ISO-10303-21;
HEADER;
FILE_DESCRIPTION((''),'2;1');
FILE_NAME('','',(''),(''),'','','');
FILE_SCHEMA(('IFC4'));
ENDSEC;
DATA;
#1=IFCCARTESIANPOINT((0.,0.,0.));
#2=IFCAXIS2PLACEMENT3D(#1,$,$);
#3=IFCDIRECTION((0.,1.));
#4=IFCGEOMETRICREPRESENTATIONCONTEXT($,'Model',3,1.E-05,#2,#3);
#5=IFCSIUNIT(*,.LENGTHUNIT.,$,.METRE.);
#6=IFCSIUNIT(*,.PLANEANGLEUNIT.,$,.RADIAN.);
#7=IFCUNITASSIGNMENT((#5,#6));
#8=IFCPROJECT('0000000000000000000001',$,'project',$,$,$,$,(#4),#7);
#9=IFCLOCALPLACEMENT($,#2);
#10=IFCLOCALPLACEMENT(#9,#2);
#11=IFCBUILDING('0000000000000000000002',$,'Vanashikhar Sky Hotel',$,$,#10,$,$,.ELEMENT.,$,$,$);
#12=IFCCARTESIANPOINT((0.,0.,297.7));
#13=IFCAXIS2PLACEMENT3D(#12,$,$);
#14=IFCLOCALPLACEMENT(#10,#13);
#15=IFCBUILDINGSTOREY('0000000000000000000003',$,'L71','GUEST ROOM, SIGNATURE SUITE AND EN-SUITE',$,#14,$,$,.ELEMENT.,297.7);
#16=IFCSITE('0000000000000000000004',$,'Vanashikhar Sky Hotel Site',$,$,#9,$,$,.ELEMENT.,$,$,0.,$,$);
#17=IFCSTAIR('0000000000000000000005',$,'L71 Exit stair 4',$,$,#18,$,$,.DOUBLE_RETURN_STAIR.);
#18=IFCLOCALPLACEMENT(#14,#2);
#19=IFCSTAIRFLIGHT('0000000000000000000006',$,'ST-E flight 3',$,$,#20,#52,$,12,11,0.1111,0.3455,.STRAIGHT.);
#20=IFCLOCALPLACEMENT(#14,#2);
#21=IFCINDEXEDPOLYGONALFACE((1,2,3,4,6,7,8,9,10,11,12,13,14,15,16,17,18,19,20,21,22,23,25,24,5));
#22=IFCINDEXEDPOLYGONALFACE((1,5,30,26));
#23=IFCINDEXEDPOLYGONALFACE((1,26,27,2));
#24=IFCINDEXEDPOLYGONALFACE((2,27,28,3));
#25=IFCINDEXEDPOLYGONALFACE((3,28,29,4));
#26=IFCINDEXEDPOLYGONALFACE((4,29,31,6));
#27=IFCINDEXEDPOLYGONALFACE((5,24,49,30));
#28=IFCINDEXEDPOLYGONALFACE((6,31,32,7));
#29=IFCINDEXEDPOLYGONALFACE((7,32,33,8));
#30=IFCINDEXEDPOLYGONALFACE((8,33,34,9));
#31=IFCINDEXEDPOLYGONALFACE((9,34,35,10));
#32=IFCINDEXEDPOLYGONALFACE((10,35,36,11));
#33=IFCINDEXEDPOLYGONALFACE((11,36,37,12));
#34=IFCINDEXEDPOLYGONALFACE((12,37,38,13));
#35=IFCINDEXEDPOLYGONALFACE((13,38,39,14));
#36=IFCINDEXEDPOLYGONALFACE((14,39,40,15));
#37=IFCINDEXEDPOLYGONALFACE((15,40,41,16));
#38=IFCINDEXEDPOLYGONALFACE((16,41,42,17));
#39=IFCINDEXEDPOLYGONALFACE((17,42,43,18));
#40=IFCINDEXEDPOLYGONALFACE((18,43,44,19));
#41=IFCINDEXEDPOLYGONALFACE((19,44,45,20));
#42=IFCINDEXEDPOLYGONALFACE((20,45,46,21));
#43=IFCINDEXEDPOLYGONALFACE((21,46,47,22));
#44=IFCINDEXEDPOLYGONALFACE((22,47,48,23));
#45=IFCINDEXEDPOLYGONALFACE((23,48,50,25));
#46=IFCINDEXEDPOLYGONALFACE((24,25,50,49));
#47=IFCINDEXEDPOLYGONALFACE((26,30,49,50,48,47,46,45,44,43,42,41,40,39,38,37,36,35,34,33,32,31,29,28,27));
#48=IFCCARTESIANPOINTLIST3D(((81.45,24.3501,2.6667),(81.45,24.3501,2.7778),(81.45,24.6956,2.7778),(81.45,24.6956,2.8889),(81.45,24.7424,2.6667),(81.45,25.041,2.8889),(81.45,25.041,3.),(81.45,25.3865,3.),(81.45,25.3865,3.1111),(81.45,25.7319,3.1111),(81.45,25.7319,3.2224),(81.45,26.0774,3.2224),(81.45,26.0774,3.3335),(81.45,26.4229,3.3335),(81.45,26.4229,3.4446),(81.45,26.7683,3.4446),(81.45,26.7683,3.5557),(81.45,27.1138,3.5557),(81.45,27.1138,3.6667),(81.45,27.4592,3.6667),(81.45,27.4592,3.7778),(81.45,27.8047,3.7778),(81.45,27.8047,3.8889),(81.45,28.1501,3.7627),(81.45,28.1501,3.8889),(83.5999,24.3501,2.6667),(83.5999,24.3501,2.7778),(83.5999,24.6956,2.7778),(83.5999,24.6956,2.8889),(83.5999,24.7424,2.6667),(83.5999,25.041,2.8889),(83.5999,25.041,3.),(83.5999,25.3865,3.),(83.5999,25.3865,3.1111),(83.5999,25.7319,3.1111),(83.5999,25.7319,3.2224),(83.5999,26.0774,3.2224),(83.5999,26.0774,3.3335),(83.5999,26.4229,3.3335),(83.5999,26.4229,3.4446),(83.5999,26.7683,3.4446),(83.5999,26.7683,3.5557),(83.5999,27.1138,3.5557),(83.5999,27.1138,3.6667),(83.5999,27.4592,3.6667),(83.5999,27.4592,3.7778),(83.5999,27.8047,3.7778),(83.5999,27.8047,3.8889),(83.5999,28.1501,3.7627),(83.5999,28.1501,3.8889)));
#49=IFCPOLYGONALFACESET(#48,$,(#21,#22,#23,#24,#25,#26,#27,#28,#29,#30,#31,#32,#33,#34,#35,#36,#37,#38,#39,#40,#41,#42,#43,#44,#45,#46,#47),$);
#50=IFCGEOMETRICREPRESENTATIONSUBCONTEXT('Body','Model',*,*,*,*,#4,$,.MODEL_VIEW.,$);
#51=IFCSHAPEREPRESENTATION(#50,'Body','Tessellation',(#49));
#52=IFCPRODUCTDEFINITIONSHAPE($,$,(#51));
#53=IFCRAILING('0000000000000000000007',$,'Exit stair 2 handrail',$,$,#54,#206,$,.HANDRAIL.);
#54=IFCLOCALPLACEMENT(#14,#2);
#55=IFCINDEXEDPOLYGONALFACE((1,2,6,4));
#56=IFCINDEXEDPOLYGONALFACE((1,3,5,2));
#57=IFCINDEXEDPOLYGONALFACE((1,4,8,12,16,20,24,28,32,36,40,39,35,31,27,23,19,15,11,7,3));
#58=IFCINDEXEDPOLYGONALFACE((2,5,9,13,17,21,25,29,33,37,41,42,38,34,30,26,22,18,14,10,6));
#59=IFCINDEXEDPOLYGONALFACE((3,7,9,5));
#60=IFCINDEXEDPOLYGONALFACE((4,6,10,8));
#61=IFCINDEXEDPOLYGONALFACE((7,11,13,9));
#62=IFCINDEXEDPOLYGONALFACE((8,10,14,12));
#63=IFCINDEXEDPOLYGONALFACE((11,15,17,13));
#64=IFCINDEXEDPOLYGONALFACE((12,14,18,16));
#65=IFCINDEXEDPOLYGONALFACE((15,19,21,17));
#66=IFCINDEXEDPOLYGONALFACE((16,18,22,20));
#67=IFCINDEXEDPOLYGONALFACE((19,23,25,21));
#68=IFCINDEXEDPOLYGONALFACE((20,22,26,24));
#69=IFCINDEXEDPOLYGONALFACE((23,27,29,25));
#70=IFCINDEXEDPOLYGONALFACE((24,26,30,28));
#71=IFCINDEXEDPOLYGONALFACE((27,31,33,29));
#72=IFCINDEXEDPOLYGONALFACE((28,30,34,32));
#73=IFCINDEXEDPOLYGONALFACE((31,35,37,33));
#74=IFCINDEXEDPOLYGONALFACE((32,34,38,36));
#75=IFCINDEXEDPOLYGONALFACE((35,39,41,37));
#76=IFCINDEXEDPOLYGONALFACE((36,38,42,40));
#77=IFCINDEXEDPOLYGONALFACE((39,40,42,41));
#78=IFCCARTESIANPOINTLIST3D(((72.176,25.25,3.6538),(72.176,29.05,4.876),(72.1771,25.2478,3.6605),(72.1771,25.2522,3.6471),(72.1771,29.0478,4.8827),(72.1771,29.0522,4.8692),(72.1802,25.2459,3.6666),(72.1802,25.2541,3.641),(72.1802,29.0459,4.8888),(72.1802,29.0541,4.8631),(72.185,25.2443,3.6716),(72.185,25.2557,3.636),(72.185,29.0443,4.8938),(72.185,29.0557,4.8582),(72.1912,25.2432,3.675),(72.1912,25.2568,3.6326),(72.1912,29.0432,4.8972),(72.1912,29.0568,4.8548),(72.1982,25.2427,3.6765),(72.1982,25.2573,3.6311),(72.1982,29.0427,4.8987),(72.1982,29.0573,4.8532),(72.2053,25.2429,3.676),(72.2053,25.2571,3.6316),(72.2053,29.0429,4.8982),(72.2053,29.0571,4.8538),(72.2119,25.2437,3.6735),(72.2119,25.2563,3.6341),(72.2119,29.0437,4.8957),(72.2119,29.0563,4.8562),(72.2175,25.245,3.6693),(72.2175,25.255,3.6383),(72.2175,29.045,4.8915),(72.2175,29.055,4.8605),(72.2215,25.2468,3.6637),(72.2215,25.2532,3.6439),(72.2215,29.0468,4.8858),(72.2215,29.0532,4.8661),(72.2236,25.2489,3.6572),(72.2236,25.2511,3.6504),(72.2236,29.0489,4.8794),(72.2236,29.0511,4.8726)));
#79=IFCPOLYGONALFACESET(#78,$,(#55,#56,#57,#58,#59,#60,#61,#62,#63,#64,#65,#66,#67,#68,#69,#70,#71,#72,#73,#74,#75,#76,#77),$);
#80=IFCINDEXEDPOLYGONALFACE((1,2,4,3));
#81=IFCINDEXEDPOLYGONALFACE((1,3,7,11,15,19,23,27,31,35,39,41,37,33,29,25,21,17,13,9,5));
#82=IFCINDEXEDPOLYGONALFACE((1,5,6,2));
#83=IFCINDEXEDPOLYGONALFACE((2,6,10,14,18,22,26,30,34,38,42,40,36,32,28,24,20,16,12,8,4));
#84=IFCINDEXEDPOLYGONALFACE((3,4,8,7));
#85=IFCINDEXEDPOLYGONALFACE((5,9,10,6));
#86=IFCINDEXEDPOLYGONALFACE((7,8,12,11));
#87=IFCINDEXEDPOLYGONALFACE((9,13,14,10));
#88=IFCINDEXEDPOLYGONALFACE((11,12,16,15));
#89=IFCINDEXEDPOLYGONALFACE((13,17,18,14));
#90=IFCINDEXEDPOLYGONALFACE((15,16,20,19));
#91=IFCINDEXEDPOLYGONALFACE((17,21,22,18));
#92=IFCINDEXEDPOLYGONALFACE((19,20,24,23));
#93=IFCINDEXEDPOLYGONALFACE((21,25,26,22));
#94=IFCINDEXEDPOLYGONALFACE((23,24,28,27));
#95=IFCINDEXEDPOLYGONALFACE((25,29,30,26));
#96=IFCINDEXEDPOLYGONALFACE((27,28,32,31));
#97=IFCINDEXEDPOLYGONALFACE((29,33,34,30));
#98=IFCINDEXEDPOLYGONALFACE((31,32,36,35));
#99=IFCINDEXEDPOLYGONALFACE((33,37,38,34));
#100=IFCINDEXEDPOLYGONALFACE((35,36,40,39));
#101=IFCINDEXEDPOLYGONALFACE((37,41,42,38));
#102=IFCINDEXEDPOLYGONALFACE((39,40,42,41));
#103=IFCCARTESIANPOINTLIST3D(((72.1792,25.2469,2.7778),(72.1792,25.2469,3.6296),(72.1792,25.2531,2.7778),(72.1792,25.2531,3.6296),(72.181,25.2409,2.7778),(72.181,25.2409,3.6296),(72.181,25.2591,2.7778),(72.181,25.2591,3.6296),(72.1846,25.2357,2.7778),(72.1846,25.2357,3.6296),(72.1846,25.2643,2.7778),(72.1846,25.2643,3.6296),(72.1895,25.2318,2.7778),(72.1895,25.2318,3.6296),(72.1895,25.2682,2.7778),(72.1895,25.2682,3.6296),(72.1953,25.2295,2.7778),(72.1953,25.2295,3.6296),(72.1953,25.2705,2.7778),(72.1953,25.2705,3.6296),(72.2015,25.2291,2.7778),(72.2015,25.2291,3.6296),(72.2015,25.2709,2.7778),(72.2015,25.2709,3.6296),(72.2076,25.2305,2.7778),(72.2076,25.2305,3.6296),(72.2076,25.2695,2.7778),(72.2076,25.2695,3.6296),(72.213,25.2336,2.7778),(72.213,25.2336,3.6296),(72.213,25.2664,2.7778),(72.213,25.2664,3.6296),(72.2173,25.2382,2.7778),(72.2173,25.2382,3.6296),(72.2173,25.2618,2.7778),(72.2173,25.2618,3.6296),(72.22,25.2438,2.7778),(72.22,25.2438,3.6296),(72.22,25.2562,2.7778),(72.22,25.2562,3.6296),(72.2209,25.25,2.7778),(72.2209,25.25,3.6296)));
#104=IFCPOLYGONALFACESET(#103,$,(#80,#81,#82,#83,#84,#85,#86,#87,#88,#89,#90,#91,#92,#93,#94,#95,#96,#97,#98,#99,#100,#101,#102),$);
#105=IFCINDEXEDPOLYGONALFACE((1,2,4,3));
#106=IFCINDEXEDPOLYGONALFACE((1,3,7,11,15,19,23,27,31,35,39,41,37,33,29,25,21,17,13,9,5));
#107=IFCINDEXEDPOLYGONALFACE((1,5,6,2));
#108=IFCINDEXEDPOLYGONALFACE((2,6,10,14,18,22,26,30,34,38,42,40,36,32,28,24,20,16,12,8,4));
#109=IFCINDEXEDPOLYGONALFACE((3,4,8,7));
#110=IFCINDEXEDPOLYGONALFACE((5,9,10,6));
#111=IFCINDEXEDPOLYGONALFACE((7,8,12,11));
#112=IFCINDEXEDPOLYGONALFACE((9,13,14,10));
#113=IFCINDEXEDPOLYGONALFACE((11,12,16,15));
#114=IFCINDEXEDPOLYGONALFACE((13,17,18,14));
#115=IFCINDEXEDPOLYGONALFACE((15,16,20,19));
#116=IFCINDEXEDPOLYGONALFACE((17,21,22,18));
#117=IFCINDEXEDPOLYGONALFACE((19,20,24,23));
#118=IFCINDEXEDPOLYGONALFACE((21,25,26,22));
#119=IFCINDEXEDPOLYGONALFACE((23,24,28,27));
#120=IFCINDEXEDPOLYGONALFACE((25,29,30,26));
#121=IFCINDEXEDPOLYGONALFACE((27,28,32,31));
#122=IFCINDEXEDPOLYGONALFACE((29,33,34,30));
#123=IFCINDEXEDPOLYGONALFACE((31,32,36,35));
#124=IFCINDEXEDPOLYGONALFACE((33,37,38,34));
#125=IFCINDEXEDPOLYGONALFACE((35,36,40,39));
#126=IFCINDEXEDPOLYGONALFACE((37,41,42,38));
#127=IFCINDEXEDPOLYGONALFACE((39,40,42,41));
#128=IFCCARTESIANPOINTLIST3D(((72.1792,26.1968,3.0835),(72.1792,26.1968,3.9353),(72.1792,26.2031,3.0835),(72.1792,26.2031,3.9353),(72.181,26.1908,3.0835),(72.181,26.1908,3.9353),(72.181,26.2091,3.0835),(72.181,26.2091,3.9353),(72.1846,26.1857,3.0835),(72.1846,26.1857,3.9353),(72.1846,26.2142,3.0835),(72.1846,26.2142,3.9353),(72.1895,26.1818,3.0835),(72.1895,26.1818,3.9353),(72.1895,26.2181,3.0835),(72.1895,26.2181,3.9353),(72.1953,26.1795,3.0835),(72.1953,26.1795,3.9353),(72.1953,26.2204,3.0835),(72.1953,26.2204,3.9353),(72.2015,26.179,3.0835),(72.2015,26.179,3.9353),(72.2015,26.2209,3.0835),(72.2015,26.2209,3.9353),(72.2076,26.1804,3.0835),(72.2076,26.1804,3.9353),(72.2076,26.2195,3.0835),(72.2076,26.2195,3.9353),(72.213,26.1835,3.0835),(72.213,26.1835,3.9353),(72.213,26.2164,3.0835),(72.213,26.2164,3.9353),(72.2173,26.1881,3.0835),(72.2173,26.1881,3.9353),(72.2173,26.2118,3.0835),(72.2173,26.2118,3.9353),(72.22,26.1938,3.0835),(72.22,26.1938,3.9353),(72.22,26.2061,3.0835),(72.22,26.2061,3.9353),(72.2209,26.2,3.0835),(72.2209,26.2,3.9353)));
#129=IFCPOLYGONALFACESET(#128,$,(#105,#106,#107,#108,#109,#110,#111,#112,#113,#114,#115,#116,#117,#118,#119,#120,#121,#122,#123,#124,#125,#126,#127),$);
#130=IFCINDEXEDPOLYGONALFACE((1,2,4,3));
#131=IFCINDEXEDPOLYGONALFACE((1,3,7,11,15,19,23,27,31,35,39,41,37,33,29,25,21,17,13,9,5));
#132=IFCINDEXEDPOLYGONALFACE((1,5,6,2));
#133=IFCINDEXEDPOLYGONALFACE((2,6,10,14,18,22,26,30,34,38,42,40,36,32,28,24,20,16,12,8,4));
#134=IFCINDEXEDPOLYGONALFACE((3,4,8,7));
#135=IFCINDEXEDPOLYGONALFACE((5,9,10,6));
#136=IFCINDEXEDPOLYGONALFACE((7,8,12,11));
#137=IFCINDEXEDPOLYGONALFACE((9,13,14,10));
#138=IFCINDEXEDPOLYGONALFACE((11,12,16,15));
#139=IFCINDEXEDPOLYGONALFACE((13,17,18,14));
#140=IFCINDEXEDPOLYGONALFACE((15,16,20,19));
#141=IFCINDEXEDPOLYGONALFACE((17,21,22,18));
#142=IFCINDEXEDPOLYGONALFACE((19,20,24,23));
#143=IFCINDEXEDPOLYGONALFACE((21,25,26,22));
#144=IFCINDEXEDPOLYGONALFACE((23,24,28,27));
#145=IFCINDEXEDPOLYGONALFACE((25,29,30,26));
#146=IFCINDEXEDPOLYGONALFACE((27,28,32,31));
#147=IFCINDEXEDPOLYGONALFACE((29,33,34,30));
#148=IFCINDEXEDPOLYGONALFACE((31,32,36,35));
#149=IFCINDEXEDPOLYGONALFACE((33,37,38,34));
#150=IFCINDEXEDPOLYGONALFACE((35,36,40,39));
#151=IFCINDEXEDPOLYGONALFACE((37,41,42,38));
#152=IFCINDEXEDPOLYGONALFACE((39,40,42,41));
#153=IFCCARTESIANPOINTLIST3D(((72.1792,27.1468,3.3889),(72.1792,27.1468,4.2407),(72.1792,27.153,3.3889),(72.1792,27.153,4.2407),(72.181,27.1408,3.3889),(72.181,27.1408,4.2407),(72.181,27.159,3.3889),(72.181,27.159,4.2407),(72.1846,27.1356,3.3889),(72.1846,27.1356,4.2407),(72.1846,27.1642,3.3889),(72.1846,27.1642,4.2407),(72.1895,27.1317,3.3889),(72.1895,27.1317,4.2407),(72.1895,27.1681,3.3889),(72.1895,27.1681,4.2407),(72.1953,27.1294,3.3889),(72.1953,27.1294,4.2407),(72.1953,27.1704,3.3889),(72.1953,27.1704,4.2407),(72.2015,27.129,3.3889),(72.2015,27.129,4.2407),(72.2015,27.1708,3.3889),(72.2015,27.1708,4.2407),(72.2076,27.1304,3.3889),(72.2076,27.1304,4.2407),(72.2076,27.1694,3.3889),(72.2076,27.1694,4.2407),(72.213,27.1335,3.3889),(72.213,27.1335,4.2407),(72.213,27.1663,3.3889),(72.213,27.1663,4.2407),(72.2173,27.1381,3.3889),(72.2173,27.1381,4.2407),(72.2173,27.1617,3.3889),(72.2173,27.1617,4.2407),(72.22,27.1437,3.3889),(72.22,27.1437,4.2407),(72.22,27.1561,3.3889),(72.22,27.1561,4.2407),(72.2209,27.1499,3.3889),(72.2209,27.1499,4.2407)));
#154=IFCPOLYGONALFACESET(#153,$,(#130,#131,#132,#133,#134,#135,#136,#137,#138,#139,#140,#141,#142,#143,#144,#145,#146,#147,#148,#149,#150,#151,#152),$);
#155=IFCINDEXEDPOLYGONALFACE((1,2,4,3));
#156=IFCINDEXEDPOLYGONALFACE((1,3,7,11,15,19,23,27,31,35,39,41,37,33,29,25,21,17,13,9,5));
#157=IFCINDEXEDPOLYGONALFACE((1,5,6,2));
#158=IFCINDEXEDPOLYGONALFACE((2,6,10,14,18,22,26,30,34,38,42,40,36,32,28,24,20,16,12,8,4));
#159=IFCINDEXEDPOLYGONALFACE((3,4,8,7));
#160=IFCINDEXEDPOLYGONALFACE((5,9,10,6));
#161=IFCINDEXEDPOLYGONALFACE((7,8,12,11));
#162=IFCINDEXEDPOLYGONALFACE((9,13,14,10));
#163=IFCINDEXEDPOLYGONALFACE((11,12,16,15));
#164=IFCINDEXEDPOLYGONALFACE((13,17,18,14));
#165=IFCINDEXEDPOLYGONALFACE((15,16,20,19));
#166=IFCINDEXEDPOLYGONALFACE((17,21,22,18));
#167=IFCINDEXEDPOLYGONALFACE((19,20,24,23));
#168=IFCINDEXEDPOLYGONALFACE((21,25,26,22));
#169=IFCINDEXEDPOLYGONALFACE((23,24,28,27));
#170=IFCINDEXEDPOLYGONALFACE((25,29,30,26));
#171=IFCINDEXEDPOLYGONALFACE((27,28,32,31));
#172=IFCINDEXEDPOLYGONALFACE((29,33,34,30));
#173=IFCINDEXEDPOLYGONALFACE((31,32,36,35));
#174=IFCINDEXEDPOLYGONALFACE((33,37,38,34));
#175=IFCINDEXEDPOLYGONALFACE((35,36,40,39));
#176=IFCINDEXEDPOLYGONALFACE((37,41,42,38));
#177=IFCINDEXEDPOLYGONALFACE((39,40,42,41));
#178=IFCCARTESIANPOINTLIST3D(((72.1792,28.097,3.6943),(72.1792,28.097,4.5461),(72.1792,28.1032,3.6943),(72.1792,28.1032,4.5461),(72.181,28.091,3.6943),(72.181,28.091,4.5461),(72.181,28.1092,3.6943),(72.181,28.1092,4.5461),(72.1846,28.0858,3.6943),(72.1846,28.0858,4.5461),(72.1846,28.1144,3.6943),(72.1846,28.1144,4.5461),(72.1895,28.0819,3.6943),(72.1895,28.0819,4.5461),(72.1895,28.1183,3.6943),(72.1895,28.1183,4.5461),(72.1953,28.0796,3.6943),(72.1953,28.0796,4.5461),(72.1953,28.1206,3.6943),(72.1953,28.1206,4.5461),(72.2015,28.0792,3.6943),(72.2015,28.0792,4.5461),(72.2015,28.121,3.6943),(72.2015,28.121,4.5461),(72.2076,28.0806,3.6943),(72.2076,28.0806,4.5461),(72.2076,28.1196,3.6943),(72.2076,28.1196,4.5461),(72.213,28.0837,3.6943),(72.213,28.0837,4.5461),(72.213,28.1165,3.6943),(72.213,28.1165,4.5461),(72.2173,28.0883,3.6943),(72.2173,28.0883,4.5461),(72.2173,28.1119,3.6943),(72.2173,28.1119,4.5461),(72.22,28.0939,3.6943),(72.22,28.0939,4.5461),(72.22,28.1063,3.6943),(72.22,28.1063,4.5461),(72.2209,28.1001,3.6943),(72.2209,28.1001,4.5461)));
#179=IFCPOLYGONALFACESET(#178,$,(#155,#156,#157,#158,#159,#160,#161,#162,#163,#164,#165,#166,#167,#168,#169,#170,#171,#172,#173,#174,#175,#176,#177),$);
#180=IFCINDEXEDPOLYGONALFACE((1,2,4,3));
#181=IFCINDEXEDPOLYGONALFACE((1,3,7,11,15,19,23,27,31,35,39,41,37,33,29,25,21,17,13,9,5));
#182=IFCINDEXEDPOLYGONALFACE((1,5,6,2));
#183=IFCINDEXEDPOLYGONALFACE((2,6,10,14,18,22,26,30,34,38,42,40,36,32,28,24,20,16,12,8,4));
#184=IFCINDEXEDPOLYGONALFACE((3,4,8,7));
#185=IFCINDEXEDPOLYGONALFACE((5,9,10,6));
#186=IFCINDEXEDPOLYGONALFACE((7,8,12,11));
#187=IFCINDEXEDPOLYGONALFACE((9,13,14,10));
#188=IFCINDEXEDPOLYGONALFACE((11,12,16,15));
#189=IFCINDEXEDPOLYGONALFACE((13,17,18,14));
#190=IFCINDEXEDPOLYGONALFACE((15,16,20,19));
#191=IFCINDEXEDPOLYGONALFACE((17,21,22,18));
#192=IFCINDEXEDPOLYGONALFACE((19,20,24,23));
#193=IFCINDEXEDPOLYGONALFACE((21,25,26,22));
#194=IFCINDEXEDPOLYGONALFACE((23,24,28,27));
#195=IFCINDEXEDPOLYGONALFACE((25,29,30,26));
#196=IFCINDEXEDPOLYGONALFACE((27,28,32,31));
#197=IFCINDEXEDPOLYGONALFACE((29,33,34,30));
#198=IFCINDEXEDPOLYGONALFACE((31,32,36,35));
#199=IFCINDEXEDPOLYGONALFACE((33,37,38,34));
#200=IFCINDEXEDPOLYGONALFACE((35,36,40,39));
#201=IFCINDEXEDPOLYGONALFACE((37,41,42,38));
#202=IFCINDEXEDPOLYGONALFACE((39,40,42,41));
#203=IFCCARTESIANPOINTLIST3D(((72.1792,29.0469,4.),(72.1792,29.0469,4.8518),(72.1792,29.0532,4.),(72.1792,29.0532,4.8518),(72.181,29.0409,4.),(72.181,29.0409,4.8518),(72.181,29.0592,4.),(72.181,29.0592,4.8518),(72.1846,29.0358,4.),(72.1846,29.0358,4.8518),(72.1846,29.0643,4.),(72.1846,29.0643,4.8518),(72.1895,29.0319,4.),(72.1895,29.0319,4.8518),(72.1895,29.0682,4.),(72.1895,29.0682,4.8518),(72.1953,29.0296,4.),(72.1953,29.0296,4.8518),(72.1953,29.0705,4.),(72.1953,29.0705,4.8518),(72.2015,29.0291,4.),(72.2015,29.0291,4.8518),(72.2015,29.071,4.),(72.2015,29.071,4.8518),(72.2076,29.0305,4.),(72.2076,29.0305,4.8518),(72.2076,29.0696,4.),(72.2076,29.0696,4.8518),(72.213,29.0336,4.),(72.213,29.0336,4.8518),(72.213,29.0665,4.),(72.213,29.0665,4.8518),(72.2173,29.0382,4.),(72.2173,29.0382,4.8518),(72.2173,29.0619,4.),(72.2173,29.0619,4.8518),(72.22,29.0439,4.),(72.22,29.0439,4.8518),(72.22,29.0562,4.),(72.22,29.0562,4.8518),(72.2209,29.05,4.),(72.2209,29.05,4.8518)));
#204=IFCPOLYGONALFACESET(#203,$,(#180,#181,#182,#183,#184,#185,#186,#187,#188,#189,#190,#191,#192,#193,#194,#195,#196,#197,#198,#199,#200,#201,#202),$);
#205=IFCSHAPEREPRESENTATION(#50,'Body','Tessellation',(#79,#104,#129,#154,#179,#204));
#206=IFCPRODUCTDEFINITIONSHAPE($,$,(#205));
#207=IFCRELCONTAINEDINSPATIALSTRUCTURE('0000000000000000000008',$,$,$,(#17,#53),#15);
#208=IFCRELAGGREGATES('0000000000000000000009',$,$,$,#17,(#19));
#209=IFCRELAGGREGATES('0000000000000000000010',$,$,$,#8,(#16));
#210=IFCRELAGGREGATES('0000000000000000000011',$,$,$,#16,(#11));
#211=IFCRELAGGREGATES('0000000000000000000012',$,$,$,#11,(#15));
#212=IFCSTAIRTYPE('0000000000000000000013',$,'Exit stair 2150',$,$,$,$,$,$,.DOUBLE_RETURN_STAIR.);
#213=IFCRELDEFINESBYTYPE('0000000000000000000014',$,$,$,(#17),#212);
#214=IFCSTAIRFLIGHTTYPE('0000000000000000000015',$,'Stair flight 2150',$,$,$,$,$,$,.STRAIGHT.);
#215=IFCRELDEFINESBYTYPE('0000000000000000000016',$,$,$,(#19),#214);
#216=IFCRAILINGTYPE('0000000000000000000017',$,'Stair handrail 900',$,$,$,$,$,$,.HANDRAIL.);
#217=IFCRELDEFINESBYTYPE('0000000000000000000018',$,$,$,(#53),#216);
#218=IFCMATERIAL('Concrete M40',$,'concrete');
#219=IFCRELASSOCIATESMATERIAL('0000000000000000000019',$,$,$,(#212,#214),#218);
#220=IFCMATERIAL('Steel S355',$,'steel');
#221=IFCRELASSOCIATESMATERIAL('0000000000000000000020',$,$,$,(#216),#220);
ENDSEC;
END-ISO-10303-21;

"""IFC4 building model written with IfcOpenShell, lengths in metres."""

from ifc_helpers import new_model, si_unit, direction, frame, origin, origin_2d, place, context, subcontext, project, spatial, polyline, circle, outline, extrude, source, transform, mapped, material, type_object, element, aggregate, save


model = new_model("IFC4")

# Units and contexts
model_context = context("Model", 3, precision=1e-05, world=origin(), true_north=direction((0.0, 1.0)))
body_context = subcontext(model_context, "Body", "Model", "MODEL_VIEW")
ifc_project = project(units=[si_unit("LENGTHUNIT", "METRE"), si_unit("PLANEANGLEUNIT", "RADIAN")], contexts=[model_context])

# Site, building, storey
site_placement = place(None, origin())
site = spatial("IfcSite", under=ifc_project, at=site_placement, Name="Vanashikhar Sky Hotel Site", CompositionType="ELEMENT", RefElevation=0.0)
building_placement = place(site_placement, origin())
building = spatial("IfcBuilding", under=site, at=building_placement, Name="Vanashikhar Sky Hotel", CompositionType="ELEMENT")
storey_placement = place(building_placement, frame((0.0, 0.0, 297.7)))
storey = spatial("IfcBuildingStorey", under=building, at=storey_placement, Name="L71", Description="GUEST ROOM, SIGNATURE SUITE AND EN-SUITE", CompositionType="ELEMENT", Elevation=297.7)

# Stair, stair flight
ifc_material_1 = material(Name="Concrete M40", Category="concrete")
stair_type = type_object("IfcStairType", Name="Exit stair 2150", PredefinedType="DOUBLE_RETURN_STAIR", material=ifc_material_1)
stair_placement = place(storey_placement, origin())
stair = element("IfcStair", 1, at=stair_placement, inside=storey, type_object=stair_type, Name="L71 Exit stair 4", PredefinedType="DOUBLE_RETURN_STAIR")
stair_flight_type = type_object("IfcStairFlightType", Name="Stair flight 2150", PredefinedType="STRAIGHT", material=ifc_material_1)
shared_shape_1 = source(origin(), body_context, "Body", "SweptSolid", [
    extrude(outline(polyline([(0.0, 0.0), (0.0, 0.1111), (0.3455, 0.1111), (0.3455, 0.2222), (0.6909, 0.2222), (0.6909, 0.3333), (1.0364, 0.3333), (1.0364, 0.4443), (1.3818, 0.4443), (1.3818, 0.5557), (1.7273, 0.5557), (1.7273, 0.6667), (2.0728, 0.6667), (2.0728, 0.7778), (2.4182, 0.7778), (2.4182, 0.8889), (2.7637, 0.8889), (2.7637, 1.0), (3.1091, 1.0), (3.1091, 1.1111), (3.4546, 1.1111), (3.4546, 1.2222), (3.8, 1.2222), (3.8, 1.3333), (3.8, 1.0959), (0.3923, 0.0), (0.0, 0.0)])), frame((0.0, 1.075, 0.0), z_axis=(0.0, -1.0, 0.0), x_axis=(1.0, 0.0, 0.0)), (0.0, 0.0, 1.0), 2.1499),
])
stair_flight_1_placement = place(storey_placement, frame((82.5249, 24.3501, 2.6667), z_axis=(0.0, 0.0, 1.0), x_axis=(0.0, 1.0, 0.0)))
stair_flight_1 = element("IfcStairFlight", 2, at=stair_flight_1_placement, type_object=stair_flight_type, Name="ST-E flight 3", NumberOfRisers=12, NumberOfTreads=11, PredefinedType="STRAIGHT", RiserHeight=0.1111, TreadLength=0.3455, context=body_context, shape_type="MappedRepresentation", body=[
    mapped(shared_shape_1, transform((0.0, 0.0, 0.0), scale=1.0)),
])
aggregate(stair, [stair_flight_1])

# Railing
ifc_material_2 = material(Name="Steel S355", Category="steel")
railing_type_1 = type_object("IfcRailingType", Name="Stair handrail 900", PredefinedType="HANDRAIL", material=ifc_material_2)
shared_shape_2 = source(origin(), body_context, "Body", "SweptSolid", [
    extrude(circle(Radius=0.0239, at=origin_2d()), frame((0.0, 0.0, 0.876), z_axis=(0.0, 0.951976, 0.306173), x_axis=(-1.0, 0.0, 0.0)), (0.0, 0.0, 1.0), 3.9917),
    extrude(circle(Radius=0.021, at=origin_2d()), origin(), (0.0, 0.0, 1.0), 0.8518),
    extrude(circle(Radius=0.021, at=origin_2d()), frame((0.0, 0.95, 0.3057)), (0.0, 0.0, 1.0), 0.8518),
    extrude(circle(Radius=0.021, at=origin_2d()), frame((0.0, 1.8999, 0.6111)), (0.0, 0.0, 1.0), 0.8518),
    extrude(circle(Radius=0.021, at=origin_2d()), frame((0.0, 2.8501, 0.9165)), (0.0, 0.0, 1.0), 0.8518),
    extrude(circle(Radius=0.021, at=origin_2d()), frame((0.0, 3.8, 1.2222)), (0.0, 0.0, 1.0), 0.8518),
])
railing_1_placement = place(storey_placement, frame((72.2, 25.25, 2.7778)))
element("IfcRailing", 3, at=railing_1_placement, inside=storey, type_object=railing_type_1, Name="Exit stair 2 handrail", PredefinedType="HANDRAIL", context=body_context, shape_type="MappedRepresentation", body=[
    mapped(shared_shape_2, transform((0.0, 0.0, 0.0), scale=1.0)),
])

save(model, "model.ifc")
